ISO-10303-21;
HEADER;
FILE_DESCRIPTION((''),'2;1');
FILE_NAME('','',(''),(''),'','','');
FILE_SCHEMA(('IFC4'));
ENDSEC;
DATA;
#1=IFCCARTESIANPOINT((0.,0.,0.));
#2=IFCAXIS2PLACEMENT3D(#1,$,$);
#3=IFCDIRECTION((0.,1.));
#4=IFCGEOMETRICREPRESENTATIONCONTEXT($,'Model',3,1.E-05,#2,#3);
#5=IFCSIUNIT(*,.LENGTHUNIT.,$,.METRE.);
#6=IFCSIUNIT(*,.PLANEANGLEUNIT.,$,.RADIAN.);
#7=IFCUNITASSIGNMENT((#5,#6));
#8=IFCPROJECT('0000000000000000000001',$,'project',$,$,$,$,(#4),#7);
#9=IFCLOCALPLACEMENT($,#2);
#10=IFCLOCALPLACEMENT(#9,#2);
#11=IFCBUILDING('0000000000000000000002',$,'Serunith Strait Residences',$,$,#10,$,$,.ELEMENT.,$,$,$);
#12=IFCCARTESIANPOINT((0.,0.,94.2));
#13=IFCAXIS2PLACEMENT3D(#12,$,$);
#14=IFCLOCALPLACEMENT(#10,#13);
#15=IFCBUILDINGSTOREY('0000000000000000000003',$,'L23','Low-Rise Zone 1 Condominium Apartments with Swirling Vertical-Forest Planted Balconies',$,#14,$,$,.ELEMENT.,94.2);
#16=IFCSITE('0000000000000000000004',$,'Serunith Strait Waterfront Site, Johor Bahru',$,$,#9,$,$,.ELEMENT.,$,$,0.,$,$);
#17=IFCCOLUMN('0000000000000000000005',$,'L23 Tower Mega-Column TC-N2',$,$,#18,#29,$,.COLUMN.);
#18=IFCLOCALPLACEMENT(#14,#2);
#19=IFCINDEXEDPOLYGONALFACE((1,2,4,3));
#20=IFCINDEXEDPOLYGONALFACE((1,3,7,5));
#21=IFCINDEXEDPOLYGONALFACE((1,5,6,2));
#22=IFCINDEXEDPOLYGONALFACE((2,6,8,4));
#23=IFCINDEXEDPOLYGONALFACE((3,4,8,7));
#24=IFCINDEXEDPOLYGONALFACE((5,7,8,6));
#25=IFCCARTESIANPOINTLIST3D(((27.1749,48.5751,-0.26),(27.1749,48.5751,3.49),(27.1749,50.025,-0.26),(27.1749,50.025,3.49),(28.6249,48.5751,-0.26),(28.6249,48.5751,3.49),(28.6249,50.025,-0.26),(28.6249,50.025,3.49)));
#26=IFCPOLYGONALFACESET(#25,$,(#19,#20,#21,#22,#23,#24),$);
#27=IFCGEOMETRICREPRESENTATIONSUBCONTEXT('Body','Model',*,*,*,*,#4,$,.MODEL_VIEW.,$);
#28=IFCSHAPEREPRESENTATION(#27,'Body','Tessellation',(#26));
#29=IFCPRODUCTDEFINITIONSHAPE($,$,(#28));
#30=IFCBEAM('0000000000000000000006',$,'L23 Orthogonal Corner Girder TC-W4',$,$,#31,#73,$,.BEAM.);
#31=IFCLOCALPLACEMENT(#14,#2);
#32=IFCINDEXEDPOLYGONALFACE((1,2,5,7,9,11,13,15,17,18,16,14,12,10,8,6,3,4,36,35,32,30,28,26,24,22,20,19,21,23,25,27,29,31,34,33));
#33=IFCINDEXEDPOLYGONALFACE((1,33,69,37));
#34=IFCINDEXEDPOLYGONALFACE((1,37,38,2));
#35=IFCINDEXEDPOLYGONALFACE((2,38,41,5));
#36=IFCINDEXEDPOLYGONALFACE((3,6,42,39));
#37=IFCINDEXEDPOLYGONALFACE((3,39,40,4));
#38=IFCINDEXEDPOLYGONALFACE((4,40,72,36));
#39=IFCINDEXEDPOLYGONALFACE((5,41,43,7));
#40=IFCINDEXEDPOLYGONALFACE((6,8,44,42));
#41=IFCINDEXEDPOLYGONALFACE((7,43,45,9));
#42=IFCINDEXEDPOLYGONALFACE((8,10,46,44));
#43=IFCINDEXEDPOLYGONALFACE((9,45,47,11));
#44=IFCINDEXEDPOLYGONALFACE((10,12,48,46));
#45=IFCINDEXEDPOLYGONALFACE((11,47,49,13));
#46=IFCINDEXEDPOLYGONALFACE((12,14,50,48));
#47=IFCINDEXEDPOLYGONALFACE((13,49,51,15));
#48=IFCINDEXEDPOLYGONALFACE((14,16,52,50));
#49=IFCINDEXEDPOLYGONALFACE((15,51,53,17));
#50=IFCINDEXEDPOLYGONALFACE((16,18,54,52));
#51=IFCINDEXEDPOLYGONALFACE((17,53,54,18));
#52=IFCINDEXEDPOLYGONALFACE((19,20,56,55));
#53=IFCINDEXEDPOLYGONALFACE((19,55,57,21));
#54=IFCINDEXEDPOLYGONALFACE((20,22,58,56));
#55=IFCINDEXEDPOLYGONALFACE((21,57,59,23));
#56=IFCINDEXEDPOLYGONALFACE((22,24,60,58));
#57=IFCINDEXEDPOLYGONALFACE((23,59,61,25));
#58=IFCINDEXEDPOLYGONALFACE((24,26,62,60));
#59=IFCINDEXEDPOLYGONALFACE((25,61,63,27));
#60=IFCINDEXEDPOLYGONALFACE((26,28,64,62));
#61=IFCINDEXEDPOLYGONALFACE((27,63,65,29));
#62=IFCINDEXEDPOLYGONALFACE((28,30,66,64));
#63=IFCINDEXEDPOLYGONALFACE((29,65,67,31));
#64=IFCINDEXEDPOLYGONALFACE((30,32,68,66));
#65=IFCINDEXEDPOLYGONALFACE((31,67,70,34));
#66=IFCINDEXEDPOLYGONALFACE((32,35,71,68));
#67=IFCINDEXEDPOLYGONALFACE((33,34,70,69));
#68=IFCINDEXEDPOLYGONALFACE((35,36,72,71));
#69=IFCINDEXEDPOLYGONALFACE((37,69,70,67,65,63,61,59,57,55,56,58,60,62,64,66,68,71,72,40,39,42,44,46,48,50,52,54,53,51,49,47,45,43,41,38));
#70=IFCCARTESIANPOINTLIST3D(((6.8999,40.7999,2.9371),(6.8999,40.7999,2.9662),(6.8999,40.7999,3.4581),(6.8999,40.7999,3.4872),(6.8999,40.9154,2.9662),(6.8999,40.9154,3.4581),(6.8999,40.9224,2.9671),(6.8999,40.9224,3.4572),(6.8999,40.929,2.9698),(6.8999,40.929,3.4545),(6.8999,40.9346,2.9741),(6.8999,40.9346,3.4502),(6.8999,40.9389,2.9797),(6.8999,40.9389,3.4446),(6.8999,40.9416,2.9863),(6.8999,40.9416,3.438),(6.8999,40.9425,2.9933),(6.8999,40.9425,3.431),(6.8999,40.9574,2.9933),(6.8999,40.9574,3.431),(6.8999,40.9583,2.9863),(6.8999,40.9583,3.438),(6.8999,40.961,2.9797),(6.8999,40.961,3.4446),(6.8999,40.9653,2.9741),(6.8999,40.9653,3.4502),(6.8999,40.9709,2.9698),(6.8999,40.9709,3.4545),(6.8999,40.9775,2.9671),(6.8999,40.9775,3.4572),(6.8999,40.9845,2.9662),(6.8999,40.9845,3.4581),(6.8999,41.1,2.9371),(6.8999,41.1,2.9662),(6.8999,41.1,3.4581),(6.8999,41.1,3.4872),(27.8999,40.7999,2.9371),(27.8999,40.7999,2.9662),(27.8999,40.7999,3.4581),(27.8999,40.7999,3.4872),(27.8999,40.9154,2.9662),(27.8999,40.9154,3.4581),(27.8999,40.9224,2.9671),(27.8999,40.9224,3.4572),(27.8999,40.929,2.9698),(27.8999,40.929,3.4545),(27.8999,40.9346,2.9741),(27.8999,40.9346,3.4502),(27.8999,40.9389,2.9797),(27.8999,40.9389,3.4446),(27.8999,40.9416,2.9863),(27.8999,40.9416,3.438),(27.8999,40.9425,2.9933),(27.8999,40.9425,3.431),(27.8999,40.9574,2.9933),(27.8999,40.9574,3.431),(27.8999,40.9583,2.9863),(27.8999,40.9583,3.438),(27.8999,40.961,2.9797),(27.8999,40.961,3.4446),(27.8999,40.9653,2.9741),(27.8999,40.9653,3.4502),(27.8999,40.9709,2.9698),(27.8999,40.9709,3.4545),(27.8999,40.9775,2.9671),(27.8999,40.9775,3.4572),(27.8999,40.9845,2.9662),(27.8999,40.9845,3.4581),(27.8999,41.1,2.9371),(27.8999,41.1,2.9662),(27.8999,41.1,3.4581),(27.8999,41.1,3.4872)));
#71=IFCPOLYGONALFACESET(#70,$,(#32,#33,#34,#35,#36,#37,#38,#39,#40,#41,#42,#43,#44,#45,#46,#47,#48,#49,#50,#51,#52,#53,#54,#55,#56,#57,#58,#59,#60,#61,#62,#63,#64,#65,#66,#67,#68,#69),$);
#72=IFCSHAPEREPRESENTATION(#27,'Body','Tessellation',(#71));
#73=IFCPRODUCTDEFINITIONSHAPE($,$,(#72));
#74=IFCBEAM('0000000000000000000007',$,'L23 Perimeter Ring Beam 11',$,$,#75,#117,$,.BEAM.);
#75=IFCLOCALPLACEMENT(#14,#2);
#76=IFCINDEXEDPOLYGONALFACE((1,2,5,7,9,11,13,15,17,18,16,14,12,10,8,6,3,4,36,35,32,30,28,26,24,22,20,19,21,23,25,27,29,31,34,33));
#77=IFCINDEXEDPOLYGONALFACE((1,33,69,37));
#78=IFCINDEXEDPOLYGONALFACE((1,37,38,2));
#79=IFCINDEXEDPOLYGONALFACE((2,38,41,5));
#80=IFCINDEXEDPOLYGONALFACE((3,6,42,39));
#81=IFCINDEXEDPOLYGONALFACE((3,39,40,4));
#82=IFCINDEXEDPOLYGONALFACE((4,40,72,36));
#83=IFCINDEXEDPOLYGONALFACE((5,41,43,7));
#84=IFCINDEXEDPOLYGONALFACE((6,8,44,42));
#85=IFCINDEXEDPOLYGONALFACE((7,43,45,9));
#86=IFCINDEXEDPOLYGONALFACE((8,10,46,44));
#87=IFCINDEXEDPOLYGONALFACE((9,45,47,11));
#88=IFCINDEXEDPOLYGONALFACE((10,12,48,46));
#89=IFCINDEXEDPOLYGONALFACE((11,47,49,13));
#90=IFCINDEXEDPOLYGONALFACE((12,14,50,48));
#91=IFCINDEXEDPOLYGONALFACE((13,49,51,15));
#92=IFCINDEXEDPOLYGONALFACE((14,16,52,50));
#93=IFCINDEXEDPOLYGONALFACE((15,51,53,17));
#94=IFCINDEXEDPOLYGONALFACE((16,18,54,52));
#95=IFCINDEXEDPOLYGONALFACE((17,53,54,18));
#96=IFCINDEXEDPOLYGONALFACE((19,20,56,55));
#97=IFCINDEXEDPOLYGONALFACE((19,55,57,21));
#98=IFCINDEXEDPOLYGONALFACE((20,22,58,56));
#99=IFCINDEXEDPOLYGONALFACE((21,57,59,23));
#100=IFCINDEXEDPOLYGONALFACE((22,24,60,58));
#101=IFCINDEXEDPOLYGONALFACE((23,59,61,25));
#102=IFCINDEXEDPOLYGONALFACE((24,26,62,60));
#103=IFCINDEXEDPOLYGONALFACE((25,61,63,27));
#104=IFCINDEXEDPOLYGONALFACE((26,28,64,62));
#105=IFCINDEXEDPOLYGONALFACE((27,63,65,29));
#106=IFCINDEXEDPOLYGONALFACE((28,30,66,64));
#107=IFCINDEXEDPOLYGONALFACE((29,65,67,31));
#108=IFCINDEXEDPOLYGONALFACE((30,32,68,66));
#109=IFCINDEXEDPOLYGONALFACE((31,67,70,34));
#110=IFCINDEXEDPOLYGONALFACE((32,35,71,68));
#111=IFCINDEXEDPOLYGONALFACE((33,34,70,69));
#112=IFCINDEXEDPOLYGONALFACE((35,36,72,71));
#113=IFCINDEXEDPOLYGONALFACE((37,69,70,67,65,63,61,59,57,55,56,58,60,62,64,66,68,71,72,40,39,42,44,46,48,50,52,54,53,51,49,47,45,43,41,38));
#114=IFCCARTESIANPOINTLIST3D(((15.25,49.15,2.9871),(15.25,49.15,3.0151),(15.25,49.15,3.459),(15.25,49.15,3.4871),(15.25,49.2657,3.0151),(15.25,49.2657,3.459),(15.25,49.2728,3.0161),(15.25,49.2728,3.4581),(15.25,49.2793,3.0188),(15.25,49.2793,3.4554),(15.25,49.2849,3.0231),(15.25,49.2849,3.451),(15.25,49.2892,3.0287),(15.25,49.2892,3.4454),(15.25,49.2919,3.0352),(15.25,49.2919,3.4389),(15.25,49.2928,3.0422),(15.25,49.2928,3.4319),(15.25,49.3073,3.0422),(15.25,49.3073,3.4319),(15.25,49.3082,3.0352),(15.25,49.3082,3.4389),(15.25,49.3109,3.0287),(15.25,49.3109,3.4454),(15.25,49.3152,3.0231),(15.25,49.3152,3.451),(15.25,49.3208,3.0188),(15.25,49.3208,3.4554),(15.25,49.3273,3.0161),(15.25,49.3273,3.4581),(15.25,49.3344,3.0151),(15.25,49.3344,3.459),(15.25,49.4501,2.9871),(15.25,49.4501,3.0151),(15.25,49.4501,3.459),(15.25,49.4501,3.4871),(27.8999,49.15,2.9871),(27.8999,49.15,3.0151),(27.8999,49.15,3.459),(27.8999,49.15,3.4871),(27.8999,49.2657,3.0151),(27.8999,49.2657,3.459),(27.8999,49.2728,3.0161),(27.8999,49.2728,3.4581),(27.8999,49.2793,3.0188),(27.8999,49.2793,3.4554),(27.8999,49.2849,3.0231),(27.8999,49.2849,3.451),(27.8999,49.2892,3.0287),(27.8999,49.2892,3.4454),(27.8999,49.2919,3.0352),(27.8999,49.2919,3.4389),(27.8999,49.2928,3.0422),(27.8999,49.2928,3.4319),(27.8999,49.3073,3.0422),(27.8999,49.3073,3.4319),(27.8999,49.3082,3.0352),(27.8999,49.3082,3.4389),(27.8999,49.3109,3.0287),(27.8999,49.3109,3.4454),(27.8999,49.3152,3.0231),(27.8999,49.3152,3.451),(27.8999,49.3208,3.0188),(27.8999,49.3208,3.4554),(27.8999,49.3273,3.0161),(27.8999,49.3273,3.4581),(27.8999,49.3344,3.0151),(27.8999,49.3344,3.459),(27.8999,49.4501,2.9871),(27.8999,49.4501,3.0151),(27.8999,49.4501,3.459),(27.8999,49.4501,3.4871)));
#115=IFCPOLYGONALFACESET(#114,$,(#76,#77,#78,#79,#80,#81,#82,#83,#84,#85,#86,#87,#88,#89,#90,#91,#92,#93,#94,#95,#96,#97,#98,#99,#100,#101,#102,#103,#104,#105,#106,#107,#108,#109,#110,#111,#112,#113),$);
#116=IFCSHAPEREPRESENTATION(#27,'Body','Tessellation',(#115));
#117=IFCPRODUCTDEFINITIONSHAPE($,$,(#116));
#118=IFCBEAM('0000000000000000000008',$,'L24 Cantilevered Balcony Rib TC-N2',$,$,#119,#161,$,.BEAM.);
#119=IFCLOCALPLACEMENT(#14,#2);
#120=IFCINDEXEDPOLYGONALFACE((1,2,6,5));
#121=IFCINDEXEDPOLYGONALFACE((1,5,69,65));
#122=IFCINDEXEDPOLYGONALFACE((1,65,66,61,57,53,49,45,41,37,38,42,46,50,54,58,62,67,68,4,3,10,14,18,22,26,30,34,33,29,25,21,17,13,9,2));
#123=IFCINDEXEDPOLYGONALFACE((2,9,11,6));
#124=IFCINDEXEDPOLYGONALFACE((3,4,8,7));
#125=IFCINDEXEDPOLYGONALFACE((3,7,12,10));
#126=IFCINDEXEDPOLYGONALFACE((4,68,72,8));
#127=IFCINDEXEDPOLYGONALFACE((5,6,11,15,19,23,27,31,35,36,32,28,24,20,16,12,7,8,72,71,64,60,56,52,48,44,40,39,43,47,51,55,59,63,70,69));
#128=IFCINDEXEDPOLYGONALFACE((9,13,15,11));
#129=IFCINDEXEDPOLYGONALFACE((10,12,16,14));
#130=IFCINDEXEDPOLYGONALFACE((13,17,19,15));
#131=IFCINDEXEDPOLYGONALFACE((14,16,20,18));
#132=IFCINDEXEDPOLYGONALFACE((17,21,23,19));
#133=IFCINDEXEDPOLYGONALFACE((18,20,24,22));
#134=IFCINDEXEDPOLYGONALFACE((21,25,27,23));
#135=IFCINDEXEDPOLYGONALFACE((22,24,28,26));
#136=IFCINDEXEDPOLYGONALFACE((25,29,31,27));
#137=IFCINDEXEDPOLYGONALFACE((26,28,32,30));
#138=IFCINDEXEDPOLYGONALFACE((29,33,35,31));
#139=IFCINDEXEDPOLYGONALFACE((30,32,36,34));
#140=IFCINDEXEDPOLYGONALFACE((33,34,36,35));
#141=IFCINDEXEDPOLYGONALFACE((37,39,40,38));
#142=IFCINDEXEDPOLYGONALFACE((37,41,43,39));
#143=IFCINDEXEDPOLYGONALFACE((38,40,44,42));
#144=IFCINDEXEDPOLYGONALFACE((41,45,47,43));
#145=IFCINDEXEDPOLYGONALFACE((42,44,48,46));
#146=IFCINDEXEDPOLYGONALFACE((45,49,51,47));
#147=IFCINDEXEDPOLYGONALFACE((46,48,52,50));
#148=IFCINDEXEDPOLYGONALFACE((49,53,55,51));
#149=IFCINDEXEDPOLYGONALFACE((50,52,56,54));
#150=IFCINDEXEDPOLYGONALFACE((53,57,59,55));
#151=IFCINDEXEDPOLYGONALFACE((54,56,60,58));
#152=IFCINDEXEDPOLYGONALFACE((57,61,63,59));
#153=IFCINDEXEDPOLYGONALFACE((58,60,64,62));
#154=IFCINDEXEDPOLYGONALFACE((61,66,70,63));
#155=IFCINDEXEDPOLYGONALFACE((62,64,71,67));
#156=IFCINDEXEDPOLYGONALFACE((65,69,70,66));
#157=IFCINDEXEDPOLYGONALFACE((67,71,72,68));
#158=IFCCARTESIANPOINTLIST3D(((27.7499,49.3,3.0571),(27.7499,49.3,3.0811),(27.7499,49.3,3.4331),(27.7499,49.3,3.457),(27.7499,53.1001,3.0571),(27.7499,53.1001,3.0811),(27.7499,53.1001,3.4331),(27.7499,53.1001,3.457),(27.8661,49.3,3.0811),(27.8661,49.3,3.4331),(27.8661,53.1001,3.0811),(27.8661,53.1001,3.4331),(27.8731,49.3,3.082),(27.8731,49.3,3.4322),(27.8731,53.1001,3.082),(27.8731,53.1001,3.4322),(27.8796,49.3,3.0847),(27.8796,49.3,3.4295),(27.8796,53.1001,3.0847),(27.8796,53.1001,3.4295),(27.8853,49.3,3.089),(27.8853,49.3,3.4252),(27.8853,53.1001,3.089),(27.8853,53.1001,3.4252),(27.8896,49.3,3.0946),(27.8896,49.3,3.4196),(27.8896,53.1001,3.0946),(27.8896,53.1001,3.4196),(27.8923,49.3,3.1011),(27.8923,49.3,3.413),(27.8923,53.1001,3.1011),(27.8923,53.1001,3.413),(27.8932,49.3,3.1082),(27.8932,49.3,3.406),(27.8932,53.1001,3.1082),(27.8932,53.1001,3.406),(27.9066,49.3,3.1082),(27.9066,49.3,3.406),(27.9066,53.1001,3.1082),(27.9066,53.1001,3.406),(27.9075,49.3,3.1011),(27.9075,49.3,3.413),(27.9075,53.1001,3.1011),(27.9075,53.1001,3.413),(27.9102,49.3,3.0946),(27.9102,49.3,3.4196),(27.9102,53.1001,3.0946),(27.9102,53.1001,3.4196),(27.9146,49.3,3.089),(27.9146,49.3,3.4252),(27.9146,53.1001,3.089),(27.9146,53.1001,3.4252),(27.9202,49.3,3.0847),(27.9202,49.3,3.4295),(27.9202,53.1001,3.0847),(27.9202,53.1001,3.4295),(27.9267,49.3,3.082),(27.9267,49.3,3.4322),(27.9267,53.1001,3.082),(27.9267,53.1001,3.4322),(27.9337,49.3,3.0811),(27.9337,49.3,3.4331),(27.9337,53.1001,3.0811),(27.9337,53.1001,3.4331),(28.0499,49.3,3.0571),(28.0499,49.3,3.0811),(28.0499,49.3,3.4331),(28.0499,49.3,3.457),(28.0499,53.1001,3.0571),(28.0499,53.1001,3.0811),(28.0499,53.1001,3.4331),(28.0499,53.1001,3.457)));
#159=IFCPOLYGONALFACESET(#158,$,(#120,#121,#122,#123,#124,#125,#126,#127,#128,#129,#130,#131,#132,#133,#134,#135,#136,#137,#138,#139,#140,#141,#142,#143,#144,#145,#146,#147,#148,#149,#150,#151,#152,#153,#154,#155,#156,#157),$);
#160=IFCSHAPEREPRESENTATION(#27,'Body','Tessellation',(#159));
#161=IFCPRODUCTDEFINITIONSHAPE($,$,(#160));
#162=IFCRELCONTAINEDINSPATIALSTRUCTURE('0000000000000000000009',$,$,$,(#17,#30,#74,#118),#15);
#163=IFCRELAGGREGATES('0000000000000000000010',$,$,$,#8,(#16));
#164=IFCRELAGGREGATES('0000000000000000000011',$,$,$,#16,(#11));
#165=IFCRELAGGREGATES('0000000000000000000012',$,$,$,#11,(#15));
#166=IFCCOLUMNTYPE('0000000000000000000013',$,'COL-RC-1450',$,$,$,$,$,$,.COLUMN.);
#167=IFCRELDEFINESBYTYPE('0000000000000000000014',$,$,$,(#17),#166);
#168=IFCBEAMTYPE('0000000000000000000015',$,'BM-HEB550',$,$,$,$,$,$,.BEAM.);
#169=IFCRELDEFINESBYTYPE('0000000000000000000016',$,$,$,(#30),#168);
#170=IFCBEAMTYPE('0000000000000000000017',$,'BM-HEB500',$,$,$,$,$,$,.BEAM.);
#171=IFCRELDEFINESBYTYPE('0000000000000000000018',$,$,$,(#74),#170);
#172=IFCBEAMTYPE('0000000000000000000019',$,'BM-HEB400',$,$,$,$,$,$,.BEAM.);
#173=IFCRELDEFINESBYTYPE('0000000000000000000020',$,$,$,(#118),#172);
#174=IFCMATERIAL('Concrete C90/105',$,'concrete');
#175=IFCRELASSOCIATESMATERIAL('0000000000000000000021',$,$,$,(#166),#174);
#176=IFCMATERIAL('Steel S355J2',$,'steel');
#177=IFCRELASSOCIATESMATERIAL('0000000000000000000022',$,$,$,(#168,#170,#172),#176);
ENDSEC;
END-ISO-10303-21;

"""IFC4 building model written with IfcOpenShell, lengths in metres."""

from ifc_helpers import new_model, si_unit, direction, frame, origin, origin_2d, place, context, subcontext, project, spatial, rectangle, i_section, extrude, source, transform, mapped, material, material_profile, profile_set, type_object, element, save


model = new_model("IFC4")

# Units and contexts
model_context = context("Model", 3, precision=1e-05, world=origin(), true_north=direction((0.0, 1.0)))
body_context = subcontext(model_context, "Body", "Model", "MODEL_VIEW")
ifc_project = project(units=[si_unit("LENGTHUNIT", "METRE"), si_unit("PLANEANGLEUNIT", "RADIAN")], contexts=[model_context])

# Site, building, storey
site_placement = place(None, origin())
site = spatial("IfcSite", under=ifc_project, at=site_placement, Name="Serunith Strait Waterfront Site, Johor Bahru", CompositionType="ELEMENT", RefElevation=0.0)
building_placement = place(site_placement, origin())
building = spatial("IfcBuilding", under=site, at=building_placement, Name="Serunith Strait Residences", CompositionType="ELEMENT")
storey_placement = place(building_placement, frame((0.0, 0.0, 94.2)))
storey = spatial("IfcBuildingStorey", under=building, at=storey_placement, Name="L23", Description="Low-Rise Zone 1 Condominium Apartments with Swirling Vertical-Forest Planted Balconies", CompositionType="ELEMENT", Elevation=94.2)

# Column
ifc_material_1 = material(Name="Concrete C90/105", Category="concrete")
ifc_material_profile_1 = material_profile(ifc_material_1, rectangle(XDim=1.45, YDim=1.45, at=origin_2d()), Name="RC 1450x1450")
ifc_profile_set_1 = profile_set([ifc_material_profile_1], Name="Concrete C90/105")
column_type = type_object("IfcColumnType", Name="COL-RC-1450", PredefinedType="COLUMN", material=ifc_profile_set_1)
shared_shape_1 = source(origin(), body_context, "Body", "SweptSolid", [
    extrude(rectangle(XDim=1.45, YDim=1.45, at=origin_2d()), origin(), (0.0, 0.0, 1.0), 3.75),
])
column_placement = place(storey_placement, frame((27.8999, 49.3, -0.26), z_axis=(0.0, 0.0, 1.0), x_axis=(1.0, 0.0, 0.0)))
element("IfcColumn", 1, at=column_placement, inside=storey, type_object=column_type, Name="L23 Tower Mega-Column TC-N2", PredefinedType="COLUMN", context=body_context, shape_type="MappedRepresentation", body=[
    mapped(shared_shape_1, transform((0.0, 0.0, 0.0), scale=1.0)),
])

# Beams
ifc_material_2 = material(Name="Steel S355J2", Category="steel")
ifc_material_profile_2 = material_profile(ifc_material_2, i_section(OverallWidth=0.3, OverallDepth=0.55, WebThickness=0.0149, FlangeThickness=0.0291, FilletRadius=0.0271, at=origin_2d()), Name="HEB 550")
ifc_profile_set_2 = profile_set([ifc_material_profile_2], Name="Steel S355J2")
beam_type_1 = type_object("IfcBeamType", Name="BM-HEB550", PredefinedType="BEAM", material=ifc_profile_set_2)
shared_shape_2 = source(origin(), body_context, "Body", "SweptSolid", [
    extrude(i_section(OverallWidth=0.3, OverallDepth=0.55, WebThickness=0.0149, FlangeThickness=0.0291, FilletRadius=0.0271, at=origin_2d()), origin(), (0.0, 0.0, 1.0), 21.0),
])
beam_1_placement = place(storey_placement, frame((27.8999, 40.95, 3.2122), z_axis=(-1.0, 0.0, 0.0), x_axis=(0.0, -1.0, 0.0)))
element("IfcBeam", 2, at=beam_1_placement, inside=storey, type_object=beam_type_1, Name="L23 Orthogonal Corner Girder TC-W4", PredefinedType="BEAM", context=body_context, shape_type="MappedRepresentation", body=[
    mapped(shared_shape_2, transform((0.0, 0.0, 0.0), scale=1.0)),
])
ifc_material_profile_3 = material_profile(ifc_material_2, i_section(OverallWidth=0.3, OverallDepth=0.5, WebThickness=0.0144, FlangeThickness=0.0281, FilletRadius=0.0271, at=origin_2d()), Name="HEB 500")
ifc_profile_set_3 = profile_set([ifc_material_profile_3], Name="Steel S355J2")
beam_type_2 = type_object("IfcBeamType", Name="BM-HEB500", PredefinedType="BEAM", material=ifc_profile_set_3)
shared_shape_3 = source(origin(), body_context, "Body", "SweptSolid", [
    extrude(i_section(OverallWidth=0.3, OverallDepth=0.5, WebThickness=0.0144, FlangeThickness=0.0281, FilletRadius=0.0271, at=origin_2d()), origin(), (0.0, 0.0, 1.0), 12.6499),
])
beam_2_placement = place(storey_placement, frame((27.8999, 49.3, 3.2371), z_axis=(-1.0, 0.0, 0.0), x_axis=(0.0, -1.0, 0.0)))
element("IfcBeam", 3, at=beam_2_placement, inside=storey, type_object=beam_type_2, Name="L23 Perimeter Ring Beam 11", PredefinedType="BEAM", context=body_context, shape_type="MappedRepresentation", body=[
    mapped(shared_shape_3, transform((0.0, 0.0, 0.0), scale=1.0)),
])
ifc_material_profile_4 = material_profile(ifc_material_2, i_section(OverallWidth=0.3, OverallDepth=0.3999, WebThickness=0.0134, FlangeThickness=0.0239, FilletRadius=0.0271, at=origin_2d()), Name="HEB 400")
ifc_profile_set_4 = profile_set([ifc_material_profile_4], Name="Steel S355J2")
beam_type_3 = type_object("IfcBeamType", Name="BM-HEB400", PredefinedType="BEAM", material=ifc_profile_set_4)
shared_shape_4 = source(origin(), body_context, "Body", "SweptSolid", [
    extrude(i_section(OverallWidth=0.3, OverallDepth=0.3999, WebThickness=0.0134, FlangeThickness=0.0239, FilletRadius=0.0271, at=origin_2d()), origin(), (0.0, 0.0, 1.0), 3.8),
])
beam_3_placement = place(storey_placement, frame((27.8999, 49.3, 3.2571), z_axis=(0.0, 1.0, 0.0), x_axis=(-1.0, 0.0, 0.0)))
element("IfcBeam", 4, at=beam_3_placement, inside=storey, type_object=beam_type_3, Name="L24 Cantilevered Balcony Rib TC-N2", PredefinedType="BEAM", context=body_context, shape_type="MappedRepresentation", body=[
    mapped(shared_shape_4, transform((0.0, 0.0, 0.0), scale=1.0)),
])

save(model, "model.ifc")
